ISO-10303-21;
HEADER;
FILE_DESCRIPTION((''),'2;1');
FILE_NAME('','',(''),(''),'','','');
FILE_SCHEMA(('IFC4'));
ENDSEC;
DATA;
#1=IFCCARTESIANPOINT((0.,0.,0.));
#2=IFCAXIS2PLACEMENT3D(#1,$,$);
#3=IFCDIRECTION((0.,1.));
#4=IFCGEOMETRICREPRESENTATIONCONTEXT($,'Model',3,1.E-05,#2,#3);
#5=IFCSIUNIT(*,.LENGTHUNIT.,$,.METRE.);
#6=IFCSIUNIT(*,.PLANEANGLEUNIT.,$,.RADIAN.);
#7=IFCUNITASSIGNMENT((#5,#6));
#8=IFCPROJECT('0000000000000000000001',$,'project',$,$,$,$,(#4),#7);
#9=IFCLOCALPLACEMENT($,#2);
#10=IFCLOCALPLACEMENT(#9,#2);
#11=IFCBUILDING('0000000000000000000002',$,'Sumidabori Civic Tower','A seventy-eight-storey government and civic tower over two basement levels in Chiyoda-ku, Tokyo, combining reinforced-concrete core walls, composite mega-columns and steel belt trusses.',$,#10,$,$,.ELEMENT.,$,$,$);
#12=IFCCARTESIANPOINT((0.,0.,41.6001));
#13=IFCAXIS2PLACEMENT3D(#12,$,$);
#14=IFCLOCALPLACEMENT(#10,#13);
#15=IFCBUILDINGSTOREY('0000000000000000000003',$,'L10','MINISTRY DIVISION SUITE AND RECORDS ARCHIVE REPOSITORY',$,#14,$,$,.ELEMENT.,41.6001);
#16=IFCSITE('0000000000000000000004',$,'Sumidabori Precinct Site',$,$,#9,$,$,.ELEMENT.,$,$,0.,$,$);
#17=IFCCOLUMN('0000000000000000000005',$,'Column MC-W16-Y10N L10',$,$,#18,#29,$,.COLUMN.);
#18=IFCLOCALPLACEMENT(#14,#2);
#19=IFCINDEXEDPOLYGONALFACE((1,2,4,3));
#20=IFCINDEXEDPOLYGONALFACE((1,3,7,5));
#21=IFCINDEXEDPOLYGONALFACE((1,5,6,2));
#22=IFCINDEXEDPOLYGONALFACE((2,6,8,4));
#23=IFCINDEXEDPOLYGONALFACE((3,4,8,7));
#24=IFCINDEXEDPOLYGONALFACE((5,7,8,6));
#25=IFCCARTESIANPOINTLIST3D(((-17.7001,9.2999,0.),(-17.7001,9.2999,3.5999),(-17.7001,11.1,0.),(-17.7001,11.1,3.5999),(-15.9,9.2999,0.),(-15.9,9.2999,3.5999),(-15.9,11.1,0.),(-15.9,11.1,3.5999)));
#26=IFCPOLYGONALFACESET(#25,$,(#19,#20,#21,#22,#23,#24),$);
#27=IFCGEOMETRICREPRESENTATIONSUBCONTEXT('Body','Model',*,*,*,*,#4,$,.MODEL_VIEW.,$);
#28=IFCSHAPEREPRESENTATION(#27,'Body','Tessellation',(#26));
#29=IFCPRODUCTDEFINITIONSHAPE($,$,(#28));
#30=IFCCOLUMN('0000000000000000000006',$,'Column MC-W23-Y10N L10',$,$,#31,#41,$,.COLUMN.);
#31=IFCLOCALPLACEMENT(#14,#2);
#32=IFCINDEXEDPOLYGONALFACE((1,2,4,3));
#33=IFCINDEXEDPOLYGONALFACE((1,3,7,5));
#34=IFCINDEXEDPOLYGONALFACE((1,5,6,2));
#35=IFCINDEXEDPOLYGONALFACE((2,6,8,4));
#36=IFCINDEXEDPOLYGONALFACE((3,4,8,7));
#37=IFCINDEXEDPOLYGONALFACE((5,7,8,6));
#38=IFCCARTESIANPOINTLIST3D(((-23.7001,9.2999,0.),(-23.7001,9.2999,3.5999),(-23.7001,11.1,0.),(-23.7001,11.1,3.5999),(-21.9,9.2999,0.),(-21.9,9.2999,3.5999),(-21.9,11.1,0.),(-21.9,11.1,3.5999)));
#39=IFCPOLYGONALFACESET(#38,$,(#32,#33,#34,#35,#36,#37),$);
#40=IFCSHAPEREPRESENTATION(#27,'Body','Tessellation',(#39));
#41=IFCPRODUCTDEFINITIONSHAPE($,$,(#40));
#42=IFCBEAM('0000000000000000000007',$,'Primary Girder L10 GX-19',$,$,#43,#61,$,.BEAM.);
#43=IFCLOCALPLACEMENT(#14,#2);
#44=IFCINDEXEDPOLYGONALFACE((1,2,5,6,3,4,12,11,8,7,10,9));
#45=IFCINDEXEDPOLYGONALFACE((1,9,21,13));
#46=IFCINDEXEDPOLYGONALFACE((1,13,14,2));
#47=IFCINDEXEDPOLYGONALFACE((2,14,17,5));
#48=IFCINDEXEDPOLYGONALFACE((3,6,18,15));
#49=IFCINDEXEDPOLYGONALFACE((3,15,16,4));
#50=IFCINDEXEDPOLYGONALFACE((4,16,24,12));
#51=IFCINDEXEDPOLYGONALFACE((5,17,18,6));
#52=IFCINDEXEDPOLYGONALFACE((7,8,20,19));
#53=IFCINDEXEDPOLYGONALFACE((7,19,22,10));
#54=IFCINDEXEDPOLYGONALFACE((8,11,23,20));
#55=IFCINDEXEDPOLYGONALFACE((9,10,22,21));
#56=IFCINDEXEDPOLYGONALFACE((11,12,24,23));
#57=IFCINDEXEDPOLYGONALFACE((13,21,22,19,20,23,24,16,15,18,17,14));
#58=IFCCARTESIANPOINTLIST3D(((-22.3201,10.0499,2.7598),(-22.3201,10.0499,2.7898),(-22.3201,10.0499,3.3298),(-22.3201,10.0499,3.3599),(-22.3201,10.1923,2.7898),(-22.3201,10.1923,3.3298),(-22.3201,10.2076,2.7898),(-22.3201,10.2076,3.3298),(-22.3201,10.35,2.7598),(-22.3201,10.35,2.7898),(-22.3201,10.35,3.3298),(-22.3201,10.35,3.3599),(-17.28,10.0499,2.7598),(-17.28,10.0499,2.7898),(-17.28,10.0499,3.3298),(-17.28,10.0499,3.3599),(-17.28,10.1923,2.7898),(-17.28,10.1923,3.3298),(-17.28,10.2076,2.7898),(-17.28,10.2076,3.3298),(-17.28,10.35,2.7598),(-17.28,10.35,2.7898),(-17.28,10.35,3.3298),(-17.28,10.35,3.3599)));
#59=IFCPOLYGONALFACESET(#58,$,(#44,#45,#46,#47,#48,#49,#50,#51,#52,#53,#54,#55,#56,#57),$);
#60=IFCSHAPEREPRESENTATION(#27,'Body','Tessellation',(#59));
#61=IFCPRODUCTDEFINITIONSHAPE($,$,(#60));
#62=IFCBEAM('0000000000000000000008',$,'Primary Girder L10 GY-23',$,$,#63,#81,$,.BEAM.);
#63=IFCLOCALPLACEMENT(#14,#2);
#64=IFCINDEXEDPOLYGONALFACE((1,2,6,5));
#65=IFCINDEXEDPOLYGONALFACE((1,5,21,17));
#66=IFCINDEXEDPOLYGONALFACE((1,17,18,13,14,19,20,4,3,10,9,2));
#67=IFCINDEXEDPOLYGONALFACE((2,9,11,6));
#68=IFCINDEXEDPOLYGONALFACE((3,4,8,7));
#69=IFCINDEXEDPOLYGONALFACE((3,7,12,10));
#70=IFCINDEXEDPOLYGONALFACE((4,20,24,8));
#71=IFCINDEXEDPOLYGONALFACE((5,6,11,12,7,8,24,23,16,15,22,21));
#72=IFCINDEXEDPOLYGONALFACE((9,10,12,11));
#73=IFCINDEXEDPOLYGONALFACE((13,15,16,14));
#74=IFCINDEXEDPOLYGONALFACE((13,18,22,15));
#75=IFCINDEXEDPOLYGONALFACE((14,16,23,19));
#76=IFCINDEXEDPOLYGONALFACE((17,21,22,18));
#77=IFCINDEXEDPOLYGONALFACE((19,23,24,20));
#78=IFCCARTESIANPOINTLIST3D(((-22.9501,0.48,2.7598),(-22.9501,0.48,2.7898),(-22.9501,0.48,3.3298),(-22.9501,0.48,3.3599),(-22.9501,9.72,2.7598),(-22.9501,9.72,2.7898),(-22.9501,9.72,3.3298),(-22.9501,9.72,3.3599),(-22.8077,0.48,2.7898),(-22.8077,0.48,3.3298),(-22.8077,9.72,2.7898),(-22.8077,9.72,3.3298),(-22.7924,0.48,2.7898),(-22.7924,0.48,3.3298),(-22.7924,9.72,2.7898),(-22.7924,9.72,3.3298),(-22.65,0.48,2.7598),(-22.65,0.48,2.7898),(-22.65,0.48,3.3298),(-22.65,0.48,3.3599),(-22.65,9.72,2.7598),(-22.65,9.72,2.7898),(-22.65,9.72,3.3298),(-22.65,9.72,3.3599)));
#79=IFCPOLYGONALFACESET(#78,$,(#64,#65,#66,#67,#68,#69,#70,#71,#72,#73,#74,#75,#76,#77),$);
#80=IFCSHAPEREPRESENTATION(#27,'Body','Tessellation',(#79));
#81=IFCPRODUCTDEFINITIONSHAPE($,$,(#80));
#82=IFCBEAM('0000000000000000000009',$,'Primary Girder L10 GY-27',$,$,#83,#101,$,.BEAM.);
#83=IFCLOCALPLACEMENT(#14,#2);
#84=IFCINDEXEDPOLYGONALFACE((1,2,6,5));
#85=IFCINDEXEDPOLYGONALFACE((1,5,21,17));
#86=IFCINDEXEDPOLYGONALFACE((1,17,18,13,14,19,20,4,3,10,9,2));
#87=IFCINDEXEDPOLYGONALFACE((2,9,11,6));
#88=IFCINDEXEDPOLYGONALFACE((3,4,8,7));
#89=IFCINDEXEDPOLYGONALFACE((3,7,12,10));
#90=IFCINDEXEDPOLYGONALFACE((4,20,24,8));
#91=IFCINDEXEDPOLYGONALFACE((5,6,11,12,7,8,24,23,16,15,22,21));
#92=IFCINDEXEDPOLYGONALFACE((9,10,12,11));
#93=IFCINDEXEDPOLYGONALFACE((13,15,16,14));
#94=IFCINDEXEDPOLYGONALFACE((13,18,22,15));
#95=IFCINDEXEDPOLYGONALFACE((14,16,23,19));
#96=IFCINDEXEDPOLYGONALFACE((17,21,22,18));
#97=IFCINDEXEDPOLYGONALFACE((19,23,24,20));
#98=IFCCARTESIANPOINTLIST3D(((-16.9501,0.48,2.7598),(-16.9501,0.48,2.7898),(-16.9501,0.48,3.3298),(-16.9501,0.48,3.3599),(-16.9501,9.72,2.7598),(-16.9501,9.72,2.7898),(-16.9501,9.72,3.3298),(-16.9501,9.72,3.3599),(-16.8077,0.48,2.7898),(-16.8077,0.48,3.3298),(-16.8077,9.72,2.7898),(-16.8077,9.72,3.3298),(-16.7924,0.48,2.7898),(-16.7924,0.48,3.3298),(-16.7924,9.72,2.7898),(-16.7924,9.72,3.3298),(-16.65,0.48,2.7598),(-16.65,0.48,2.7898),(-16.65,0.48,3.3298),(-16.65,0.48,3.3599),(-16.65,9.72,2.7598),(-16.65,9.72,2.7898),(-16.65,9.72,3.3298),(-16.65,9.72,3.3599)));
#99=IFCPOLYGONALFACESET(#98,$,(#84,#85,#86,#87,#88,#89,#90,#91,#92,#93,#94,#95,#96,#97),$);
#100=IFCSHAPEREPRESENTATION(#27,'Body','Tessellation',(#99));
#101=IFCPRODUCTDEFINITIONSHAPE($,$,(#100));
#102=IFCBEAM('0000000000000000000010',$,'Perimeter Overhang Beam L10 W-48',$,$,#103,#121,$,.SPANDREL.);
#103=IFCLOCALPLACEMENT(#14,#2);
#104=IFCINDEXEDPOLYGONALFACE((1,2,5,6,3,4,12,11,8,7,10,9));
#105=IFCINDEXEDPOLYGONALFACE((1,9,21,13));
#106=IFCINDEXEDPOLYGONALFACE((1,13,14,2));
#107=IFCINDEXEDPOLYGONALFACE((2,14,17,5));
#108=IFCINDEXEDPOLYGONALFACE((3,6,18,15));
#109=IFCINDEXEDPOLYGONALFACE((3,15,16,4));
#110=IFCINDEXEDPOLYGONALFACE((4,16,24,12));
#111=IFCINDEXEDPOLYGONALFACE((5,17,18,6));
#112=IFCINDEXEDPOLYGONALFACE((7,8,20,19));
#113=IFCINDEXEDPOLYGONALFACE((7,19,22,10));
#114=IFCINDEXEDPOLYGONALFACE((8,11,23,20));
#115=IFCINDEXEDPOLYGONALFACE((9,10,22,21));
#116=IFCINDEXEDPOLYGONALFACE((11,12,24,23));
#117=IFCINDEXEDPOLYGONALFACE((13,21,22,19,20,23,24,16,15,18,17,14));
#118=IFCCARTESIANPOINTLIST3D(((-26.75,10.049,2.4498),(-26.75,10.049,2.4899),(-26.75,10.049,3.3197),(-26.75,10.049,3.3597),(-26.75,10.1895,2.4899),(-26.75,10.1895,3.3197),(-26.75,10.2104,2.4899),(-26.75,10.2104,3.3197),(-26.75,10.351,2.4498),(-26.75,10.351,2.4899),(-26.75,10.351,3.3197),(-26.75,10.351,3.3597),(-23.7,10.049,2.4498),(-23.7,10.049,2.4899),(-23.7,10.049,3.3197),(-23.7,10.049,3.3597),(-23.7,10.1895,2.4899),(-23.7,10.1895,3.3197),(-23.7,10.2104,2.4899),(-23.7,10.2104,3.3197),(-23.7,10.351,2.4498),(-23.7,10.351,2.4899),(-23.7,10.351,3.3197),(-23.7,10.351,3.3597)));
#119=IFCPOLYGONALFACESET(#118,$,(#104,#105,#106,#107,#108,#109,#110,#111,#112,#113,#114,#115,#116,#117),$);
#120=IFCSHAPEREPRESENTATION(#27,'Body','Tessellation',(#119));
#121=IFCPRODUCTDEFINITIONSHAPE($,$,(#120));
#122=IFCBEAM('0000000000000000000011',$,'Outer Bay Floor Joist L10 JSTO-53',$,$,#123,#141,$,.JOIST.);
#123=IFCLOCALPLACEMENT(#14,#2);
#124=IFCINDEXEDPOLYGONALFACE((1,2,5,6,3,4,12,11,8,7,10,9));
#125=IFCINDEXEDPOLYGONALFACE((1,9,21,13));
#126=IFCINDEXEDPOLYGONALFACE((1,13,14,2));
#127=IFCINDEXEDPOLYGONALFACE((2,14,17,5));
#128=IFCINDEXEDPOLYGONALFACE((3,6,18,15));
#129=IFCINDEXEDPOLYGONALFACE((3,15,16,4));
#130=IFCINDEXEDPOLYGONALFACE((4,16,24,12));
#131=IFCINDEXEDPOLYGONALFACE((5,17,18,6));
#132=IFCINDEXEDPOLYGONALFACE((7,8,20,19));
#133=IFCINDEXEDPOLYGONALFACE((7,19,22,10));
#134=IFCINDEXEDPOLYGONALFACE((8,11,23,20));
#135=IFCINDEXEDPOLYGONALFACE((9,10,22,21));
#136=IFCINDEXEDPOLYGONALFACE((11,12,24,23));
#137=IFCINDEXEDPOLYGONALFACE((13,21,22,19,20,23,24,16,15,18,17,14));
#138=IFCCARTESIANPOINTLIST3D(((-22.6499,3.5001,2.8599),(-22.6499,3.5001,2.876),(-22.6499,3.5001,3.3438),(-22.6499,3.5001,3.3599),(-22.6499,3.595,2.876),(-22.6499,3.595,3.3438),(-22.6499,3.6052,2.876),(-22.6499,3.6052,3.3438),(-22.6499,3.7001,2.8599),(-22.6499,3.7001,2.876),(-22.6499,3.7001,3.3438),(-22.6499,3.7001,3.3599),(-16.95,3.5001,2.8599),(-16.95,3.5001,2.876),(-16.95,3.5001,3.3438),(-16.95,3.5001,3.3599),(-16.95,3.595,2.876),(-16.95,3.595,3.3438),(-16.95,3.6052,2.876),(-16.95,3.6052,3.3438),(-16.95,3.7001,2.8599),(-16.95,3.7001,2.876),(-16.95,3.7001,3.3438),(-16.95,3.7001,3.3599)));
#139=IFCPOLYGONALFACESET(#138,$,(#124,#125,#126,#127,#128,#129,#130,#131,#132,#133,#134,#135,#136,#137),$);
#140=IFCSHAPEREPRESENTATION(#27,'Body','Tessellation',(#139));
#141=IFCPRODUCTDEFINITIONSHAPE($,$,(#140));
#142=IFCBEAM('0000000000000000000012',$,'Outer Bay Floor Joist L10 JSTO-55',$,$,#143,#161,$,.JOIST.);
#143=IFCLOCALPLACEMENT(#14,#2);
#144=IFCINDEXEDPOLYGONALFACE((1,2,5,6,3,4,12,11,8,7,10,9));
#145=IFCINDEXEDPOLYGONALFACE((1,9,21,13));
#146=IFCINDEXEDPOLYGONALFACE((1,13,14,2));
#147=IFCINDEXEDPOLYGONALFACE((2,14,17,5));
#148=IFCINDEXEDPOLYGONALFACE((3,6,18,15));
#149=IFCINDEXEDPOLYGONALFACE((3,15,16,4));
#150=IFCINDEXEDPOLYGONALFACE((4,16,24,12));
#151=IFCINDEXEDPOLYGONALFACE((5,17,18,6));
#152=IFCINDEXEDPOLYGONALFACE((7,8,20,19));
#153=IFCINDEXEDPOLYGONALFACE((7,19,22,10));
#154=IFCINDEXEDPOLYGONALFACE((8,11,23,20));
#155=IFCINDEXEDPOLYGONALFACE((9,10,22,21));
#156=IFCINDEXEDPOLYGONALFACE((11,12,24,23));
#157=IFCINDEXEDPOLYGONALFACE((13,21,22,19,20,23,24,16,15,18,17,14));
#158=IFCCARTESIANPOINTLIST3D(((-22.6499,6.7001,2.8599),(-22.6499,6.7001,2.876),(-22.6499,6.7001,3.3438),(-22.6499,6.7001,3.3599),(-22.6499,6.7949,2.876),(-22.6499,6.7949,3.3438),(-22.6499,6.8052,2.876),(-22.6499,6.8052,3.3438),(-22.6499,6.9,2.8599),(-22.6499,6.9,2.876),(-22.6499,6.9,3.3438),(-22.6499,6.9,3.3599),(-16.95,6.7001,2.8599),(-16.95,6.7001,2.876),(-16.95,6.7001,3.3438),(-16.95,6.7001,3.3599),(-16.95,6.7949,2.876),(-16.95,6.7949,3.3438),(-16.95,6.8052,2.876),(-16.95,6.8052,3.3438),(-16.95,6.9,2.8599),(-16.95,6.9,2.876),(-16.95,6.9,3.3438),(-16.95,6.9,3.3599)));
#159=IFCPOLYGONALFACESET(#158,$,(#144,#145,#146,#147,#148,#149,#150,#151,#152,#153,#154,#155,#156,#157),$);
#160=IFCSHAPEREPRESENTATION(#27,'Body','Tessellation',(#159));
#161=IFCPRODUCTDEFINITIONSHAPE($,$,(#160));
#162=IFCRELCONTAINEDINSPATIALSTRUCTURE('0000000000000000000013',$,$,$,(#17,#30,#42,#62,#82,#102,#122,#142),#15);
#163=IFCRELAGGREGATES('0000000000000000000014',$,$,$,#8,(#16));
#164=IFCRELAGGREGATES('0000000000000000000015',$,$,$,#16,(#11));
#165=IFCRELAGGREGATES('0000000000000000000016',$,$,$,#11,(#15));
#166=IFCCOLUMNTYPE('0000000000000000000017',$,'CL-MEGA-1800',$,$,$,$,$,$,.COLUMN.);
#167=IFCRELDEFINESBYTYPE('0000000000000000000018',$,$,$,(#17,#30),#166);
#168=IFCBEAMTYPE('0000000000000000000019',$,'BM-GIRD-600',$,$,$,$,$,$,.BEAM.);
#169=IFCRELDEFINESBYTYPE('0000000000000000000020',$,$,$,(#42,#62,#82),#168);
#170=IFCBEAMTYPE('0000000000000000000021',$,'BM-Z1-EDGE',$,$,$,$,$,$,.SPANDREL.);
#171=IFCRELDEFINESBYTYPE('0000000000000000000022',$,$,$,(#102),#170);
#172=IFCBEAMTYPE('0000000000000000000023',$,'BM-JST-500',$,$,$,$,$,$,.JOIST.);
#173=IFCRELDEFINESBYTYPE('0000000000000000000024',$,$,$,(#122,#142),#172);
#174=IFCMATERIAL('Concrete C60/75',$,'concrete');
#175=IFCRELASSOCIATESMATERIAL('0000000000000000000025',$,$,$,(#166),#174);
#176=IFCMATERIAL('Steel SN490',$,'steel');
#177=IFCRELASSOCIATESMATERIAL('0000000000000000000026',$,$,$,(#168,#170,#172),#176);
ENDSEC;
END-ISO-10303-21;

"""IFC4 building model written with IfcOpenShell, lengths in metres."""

from ifc_helpers import new_model, si_unit, direction, frame, origin, origin_2d, place, context, subcontext, project, spatial, rectangle, i_section, extrude, source, transform, mapped, material, material_profile, profile_set, type_object, element, save


model = new_model("IFC4")

# Units and contexts
model_context = context("Model", 3, precision=1e-05, world=origin(), true_north=direction((0.0, 1.0)))
body_context = subcontext(model_context, "Body", "Model", "MODEL_VIEW")
ifc_project = project(units=[si_unit("LENGTHUNIT", "METRE"), si_unit("PLANEANGLEUNIT", "RADIAN")], contexts=[model_context])

# Site, building, storey
site_placement = place(None, origin())
site = spatial("IfcSite", under=ifc_project, at=site_placement, Name="Sumidabori Precinct Site", CompositionType="ELEMENT", RefElevation=0.0)
building_placement = place(site_placement, origin())
building = spatial("IfcBuilding", under=site, at=building_placement, Name="Sumidabori Civic Tower", Description="A seventy-eight-storey government and civic tower over two basement levels in Chiyoda-ku, Tokyo, combining reinforced-concrete core walls, composite mega-columns and steel belt trusses.", CompositionType="ELEMENT")
storey_placement = place(building_placement, frame((0.0, 0.0, 41.6001)))
storey = spatial("IfcBuildingStorey", under=building, at=storey_placement, Name="L10", Description="MINISTRY DIVISION SUITE AND RECORDS ARCHIVE REPOSITORY", CompositionType="ELEMENT", Elevation=41.6001)

# Columns
ifc_material_1 = material(Name="Concrete C60/75", Category="concrete")
ifc_material_profile_1 = material_profile(ifc_material_1, rectangle(XDim=1.8, YDim=1.8, at=origin_2d()), Name="RC 1800x1800")
ifc_profile_set_1 = profile_set([ifc_material_profile_1], Name="Concrete C60/75")
column_type = type_object("IfcColumnType", Name="CL-MEGA-1800", PredefinedType="COLUMN", material=ifc_profile_set_1)
shared_shape_1 = source(origin(), body_context, "Body", "SweptSolid", [
    extrude(rectangle(XDim=1.8, YDim=1.8, at=origin_2d()), origin(), (0.0, 0.0, 1.0), 3.5999),
])
for number, where, z_axis, x_axis, name in (
    (1, (-16.8, 10.2, 0.0), (0.0, 0.0, 1.0), (1.0, 0.0, 0.0), "Column MC-W16-Y10N L10"),
    (2, (-22.8, 10.2, 0.0), (0.0, 0.0, 1.0), (1.0, 0.0, 0.0), "Column MC-W23-Y10N L10"),
):
    element("IfcColumn", number, at=place(storey_placement, frame(where, z_axis=z_axis, x_axis=x_axis)), inside=storey, type_object=column_type, Name=name, PredefinedType="COLUMN", context=body_context, shape_type="MappedRepresentation", body=[
        mapped(shared_shape_1, transform((0.0, 0.0, 0.0), x_axis=(1.0, 0.0, 0.0), y_axis=(0.0, 1.0, 0.0), z_axis=(0.0, 0.0, 1.0), scale=1.0)),
    ])

# Beams
ifc_material_2 = material(Name="Steel SN490", Category="steel")
ifc_material_profile_2 = material_profile(ifc_material_2, i_section(OverallWidth=0.3, OverallDepth=0.6001, WebThickness=0.0154, FlangeThickness=0.03, at=origin_2d()), Name="HE 600 B")
ifc_profile_set_2 = profile_set([ifc_material_profile_2], Name="Steel SN490")
beam_type_1 = type_object("IfcBeamType", Name="BM-GIRD-600", PredefinedType="BEAM", material=ifc_profile_set_2)
shared_shape_2 = source(origin(), body_context, "Body", "SweptSolid", [
    extrude(i_section(OverallWidth=0.3, OverallDepth=0.6001, WebThickness=0.0154, FlangeThickness=0.03, at=origin_2d()), origin(), (0.0, 0.0, 1.0), 5.04),
])
beam_1_placement = place(storey_placement, frame((-22.3201, 10.2, 3.0598), z_axis=(1.0, 0.0, 0.0), x_axis=(0.0, 1.0, 0.0)))
element("IfcBeam", 3, at=beam_1_placement, inside=storey, type_object=beam_type_1, Name="Primary Girder L10 GX-19", PredefinedType="BEAM", context=body_context, shape_type="MappedRepresentation", body=[
    mapped(shared_shape_2, transform((0.0, 0.0, 0.0), x_axis=(1.0, 0.0, 0.0), y_axis=(0.0, 1.0, 0.0), z_axis=(0.0, 0.0, 1.0), scale=1.0)),
])
shared_shape_3 = source(origin(), body_context, "Body", "SweptSolid", [
    extrude(i_section(OverallWidth=0.3, OverallDepth=0.6001, WebThickness=0.0154, FlangeThickness=0.03, at=origin_2d()), origin(), (0.0, 0.0, 1.0), 9.24),
])
for number, where, z_axis, x_axis, name in (
    (4, (-22.8, 0.48, 3.0598), (0.0, 1.0, 0.0), (-1.0, 0.0, 0.0), "Primary Girder L10 GY-23"),
    (5, (-16.8, 0.48, 3.0598), (0.0, 1.0, 0.0), (-1.0, 0.0, 0.0), "Primary Girder L10 GY-27"),
):
    element("IfcBeam", number, at=place(storey_placement, frame(where, z_axis=z_axis, x_axis=x_axis)), inside=storey, type_object=beam_type_1, Name=name, PredefinedType="BEAM", context=body_context, shape_type="MappedRepresentation", body=[
        mapped(shared_shape_3, transform((0.0, 0.0, 0.0), x_axis=(1.0, 0.0, 0.0), y_axis=(0.0, 1.0, 0.0), z_axis=(0.0, 0.0, 1.0), scale=1.0)),
    ])
ifc_material_profile_3 = material_profile(ifc_material_2, i_section(OverallWidth=0.302, OverallDepth=0.9099, WebThickness=0.021, FlangeThickness=0.04, at=origin_2d()), Name="HE 900 M")
ifc_profile_set_3 = profile_set([ifc_material_profile_3], Name="Steel SN490")
beam_type_2 = type_object("IfcBeamType", Name="BM-Z1-EDGE", PredefinedType="SPANDREL", material=ifc_profile_set_3)
shared_shape_4 = source(origin(), body_context, "Body", "SweptSolid", [
    extrude(i_section(OverallWidth=0.302, OverallDepth=0.9099, WebThickness=0.021, FlangeThickness=0.04, at=origin_2d()), origin(), (0.0, 0.0, 1.0), 3.05),
])
beam_2_placement = place(storey_placement, frame((-26.75, 10.2, 2.9048), z_axis=(1.0, 0.0, 0.0), x_axis=(0.0, 1.0, 0.0)))
element("IfcBeam", 6, at=beam_2_placement, inside=storey, type_object=beam_type_2, Name="Perimeter Overhang Beam L10 W-48", PredefinedType="SPANDREL", context=body_context, shape_type="MappedRepresentation", body=[
    mapped(shared_shape_4, transform((0.0, 0.0, 0.0), x_axis=(1.0, 0.0, 0.0), y_axis=(0.0, 1.0, 0.0), z_axis=(0.0, 0.0, 1.0), scale=1.0)),
])
ifc_material_profile_4 = material_profile(ifc_material_2, i_section(OverallWidth=0.2, OverallDepth=0.5, WebThickness=0.0103, FlangeThickness=0.0161, at=origin_2d()), Name="IPE 500")
ifc_profile_set_4 = profile_set([ifc_material_profile_4], Name="Steel SN490")
beam_type_3 = type_object("IfcBeamType", Name="BM-JST-500", PredefinedType="JOIST", material=ifc_profile_set_4)
shared_shape_5 = source(origin(), body_context, "Body", "SweptSolid", [
    extrude(i_section(OverallWidth=0.2, OverallDepth=0.5, WebThickness=0.0103, FlangeThickness=0.0161, at=origin_2d()), origin(), (0.0, 0.0, 1.0), 5.7),
])
for number, where, z_axis, x_axis, name in (
    (7, (-22.6499, 3.6001, 3.1099), (1.0, 0.0, 0.0), (0.0, 1.0, 0.0), "Outer Bay Floor Joist L10 JSTO-53"),
    (8, (-22.6499, 6.8, 3.1099), (1.0, 0.0, 0.0), (0.0, 1.0, 0.0), "Outer Bay Floor Joist L10 JSTO-55"),
):
    element("IfcBeam", number, at=place(storey_placement, frame(where, z_axis=z_axis, x_axis=x_axis)), inside=storey, type_object=beam_type_3, Name=name, PredefinedType="JOIST", context=body_context, shape_type="MappedRepresentation", body=[
        mapped(shared_shape_5, transform((0.0, 0.0, 0.0), x_axis=(1.0, 0.0, 0.0), y_axis=(0.0, 1.0, 0.0), z_axis=(0.0, 0.0, 1.0), scale=1.0)),
    ])

save(model, "model.ifc")
